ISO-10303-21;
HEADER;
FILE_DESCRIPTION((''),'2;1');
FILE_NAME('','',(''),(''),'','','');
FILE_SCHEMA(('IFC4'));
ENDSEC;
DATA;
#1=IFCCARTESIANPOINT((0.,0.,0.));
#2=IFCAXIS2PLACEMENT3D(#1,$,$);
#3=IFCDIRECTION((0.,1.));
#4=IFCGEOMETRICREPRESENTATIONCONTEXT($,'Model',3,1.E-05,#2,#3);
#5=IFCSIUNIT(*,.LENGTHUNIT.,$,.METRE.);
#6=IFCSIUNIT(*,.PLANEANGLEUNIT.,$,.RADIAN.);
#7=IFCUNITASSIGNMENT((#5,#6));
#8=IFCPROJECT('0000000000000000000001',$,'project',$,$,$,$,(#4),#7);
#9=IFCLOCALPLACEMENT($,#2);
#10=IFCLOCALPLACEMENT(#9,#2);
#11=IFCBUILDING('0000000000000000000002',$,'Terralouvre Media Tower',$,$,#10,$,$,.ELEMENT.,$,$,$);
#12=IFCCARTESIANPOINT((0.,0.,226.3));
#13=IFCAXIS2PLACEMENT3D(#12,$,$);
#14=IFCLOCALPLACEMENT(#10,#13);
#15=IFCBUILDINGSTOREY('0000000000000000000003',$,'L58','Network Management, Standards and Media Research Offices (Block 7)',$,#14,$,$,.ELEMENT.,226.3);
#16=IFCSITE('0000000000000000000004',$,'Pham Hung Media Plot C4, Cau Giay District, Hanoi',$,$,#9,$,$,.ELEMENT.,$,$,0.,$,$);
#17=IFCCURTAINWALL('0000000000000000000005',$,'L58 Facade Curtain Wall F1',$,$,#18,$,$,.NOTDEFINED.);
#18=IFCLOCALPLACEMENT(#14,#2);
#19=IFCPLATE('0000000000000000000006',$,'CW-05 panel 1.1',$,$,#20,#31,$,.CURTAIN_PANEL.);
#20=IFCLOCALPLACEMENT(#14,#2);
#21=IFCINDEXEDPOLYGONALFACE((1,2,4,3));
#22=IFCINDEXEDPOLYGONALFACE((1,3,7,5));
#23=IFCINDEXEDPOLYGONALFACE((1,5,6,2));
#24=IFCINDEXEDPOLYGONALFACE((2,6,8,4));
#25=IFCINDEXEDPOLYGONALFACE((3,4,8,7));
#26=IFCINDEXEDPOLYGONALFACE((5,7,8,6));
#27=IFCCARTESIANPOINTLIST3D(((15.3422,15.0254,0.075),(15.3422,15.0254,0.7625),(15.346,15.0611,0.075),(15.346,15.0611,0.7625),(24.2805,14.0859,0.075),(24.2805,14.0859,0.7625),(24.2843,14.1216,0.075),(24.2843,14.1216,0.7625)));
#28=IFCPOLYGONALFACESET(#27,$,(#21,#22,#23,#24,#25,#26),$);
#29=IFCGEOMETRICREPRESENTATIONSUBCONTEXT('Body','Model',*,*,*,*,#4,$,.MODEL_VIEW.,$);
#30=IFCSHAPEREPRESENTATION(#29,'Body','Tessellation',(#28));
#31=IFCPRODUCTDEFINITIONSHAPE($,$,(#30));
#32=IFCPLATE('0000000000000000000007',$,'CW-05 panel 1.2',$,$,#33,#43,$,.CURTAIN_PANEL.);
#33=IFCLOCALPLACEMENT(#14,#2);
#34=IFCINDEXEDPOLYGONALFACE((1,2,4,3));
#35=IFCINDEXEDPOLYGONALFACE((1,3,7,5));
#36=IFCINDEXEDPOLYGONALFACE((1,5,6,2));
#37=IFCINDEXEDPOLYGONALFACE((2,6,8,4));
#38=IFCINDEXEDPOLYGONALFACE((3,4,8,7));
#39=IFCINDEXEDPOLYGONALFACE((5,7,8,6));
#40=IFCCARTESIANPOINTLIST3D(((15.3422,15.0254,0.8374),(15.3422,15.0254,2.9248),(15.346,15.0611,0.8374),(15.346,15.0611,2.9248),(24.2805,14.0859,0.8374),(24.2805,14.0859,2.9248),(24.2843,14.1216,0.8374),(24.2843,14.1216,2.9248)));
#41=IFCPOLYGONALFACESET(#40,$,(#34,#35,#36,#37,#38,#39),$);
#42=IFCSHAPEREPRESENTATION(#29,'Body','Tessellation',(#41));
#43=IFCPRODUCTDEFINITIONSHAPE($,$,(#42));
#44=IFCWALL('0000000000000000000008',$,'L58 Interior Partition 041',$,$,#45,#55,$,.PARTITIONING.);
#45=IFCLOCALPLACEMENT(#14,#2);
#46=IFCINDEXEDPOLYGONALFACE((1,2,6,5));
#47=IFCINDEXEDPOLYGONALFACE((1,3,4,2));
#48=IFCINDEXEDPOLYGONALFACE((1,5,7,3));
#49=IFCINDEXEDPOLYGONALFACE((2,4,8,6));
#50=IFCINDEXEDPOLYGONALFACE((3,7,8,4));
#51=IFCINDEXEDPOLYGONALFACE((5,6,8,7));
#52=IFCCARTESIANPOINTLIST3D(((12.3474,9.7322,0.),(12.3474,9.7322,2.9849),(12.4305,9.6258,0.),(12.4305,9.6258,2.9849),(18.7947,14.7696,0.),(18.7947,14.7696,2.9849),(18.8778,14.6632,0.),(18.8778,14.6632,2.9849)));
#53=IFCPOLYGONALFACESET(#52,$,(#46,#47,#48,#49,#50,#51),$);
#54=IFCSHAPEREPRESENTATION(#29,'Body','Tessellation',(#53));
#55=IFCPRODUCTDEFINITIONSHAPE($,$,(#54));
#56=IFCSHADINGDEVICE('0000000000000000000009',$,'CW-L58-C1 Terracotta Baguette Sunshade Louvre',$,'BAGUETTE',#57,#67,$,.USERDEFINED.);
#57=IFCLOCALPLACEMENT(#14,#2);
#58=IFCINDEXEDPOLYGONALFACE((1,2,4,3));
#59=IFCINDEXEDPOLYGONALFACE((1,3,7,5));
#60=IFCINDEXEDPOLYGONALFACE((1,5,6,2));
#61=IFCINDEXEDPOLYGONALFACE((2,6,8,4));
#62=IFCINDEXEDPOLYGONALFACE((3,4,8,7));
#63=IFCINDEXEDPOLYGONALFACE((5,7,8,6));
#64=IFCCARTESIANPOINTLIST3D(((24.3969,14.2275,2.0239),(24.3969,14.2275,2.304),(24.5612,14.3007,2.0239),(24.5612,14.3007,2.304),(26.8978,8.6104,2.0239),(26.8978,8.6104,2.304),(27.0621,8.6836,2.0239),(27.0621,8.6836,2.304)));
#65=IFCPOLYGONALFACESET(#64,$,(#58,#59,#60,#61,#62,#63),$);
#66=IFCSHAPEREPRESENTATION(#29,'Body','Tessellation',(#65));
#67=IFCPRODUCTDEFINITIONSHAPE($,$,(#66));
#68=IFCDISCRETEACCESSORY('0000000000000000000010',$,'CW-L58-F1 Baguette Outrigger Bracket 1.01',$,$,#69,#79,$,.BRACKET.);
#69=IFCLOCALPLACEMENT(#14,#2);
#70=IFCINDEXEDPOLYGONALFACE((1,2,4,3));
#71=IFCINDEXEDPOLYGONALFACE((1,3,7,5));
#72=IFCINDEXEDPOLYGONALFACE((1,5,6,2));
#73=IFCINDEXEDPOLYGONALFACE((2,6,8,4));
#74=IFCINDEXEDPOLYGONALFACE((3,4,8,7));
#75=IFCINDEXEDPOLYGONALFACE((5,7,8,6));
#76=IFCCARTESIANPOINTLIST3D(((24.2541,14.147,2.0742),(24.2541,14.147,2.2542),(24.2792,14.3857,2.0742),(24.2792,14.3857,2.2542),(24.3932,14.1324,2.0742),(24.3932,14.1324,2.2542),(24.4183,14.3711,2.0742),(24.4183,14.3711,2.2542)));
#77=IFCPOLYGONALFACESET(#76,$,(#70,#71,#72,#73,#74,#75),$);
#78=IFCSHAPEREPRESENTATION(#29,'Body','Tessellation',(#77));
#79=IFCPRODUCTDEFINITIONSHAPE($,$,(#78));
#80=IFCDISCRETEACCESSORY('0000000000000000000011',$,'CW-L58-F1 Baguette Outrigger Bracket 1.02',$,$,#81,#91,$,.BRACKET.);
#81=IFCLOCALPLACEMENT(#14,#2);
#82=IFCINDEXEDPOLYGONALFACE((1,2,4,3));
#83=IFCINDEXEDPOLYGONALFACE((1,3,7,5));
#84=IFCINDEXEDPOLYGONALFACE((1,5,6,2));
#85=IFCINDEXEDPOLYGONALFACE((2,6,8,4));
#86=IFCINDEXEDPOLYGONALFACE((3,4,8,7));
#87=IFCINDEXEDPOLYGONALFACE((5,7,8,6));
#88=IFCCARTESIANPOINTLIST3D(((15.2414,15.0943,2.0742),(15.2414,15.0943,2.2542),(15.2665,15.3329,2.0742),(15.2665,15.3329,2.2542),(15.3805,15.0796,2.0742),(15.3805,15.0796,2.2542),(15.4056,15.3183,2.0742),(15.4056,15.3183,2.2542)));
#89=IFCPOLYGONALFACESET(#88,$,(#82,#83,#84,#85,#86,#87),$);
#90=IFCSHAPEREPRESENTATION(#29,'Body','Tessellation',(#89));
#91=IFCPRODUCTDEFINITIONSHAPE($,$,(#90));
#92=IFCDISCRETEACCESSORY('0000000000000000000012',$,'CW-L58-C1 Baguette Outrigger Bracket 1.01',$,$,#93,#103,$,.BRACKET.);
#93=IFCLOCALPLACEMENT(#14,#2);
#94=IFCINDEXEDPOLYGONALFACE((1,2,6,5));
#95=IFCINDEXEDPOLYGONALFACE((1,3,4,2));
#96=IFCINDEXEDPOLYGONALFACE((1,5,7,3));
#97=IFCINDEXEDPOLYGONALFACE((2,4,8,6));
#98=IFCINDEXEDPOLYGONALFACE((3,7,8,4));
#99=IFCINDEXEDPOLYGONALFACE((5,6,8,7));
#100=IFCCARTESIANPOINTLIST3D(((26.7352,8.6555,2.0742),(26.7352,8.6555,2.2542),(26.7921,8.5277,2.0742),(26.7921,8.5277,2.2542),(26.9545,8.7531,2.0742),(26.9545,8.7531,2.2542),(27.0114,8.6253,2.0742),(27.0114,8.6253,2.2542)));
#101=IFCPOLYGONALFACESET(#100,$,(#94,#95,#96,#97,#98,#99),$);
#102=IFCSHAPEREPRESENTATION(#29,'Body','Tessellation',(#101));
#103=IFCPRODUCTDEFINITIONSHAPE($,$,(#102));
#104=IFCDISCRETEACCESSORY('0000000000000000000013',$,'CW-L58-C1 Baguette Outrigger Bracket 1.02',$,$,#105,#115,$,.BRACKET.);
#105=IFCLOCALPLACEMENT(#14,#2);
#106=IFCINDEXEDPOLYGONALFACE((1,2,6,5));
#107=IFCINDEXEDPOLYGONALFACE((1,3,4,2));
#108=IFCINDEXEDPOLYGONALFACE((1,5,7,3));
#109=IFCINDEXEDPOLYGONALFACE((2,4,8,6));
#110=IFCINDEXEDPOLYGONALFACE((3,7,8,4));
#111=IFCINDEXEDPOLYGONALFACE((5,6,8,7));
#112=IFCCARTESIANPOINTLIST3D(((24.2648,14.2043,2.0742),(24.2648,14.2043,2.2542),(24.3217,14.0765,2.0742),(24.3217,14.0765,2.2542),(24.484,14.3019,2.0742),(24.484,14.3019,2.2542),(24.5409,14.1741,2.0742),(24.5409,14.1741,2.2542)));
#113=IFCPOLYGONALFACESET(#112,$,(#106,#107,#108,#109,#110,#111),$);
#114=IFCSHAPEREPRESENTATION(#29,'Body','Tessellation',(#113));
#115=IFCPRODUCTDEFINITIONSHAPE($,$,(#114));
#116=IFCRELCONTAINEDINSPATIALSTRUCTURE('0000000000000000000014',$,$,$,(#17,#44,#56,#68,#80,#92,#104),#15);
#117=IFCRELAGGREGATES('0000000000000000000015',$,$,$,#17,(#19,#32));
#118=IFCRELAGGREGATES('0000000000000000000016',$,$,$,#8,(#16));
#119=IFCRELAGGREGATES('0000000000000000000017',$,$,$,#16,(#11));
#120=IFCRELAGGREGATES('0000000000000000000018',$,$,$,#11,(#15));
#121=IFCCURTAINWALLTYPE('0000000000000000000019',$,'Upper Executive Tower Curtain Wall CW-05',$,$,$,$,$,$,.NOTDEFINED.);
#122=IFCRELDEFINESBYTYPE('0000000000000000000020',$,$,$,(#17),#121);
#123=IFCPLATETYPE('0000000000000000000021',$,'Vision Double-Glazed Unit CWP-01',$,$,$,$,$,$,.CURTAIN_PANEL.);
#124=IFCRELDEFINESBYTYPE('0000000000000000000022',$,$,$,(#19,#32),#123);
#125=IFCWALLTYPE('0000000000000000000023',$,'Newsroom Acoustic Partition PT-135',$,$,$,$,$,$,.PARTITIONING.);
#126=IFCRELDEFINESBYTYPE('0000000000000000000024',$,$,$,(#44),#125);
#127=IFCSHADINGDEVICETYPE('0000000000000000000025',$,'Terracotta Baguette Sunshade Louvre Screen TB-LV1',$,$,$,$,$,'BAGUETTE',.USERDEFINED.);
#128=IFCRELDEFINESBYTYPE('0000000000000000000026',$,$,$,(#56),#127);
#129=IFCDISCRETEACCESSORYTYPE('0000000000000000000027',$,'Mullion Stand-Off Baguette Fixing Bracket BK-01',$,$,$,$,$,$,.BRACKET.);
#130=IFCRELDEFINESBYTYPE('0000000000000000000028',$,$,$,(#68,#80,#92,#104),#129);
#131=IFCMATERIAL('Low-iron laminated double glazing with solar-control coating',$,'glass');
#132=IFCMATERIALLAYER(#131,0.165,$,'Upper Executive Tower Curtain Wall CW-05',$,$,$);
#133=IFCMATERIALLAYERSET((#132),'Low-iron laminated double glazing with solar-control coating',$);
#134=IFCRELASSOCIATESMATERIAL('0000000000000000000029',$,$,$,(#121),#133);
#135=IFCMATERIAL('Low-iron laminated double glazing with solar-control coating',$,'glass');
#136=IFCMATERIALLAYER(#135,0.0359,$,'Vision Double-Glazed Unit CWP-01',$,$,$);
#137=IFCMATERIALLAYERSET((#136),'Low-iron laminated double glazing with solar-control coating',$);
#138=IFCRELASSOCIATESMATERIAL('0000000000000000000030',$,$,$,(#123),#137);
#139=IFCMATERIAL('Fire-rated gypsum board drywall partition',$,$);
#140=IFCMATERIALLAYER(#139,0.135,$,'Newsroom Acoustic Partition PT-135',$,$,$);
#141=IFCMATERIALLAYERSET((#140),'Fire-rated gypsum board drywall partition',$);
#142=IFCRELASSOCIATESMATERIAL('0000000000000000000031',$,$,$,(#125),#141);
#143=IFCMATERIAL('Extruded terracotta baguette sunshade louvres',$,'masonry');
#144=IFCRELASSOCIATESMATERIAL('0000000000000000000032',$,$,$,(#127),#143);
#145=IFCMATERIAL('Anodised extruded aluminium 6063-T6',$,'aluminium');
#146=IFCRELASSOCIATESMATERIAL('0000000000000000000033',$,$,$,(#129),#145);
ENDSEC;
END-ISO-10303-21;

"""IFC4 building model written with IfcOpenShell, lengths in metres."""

from ifc_helpers import new_model, si_unit, direction, frame, frame_2d, origin, origin_2d, place, context, subcontext, project, spatial, rectangle, extrude, material, layer, layer_set, type_object, element, aggregate, save


model = new_model("IFC4")

# Units and contexts
model_context = context("Model", 3, precision=1e-05, world=origin(), true_north=direction((0.0, 1.0)))
body_context = subcontext(model_context, "Body", "Model", "MODEL_VIEW")
ifc_project = project(units=[si_unit("LENGTHUNIT", "METRE"), si_unit("PLANEANGLEUNIT", "RADIAN")], contexts=[model_context])

# Site, building, storey
site_placement = place(None, origin())
site = spatial("IfcSite", under=ifc_project, at=site_placement, Name="Pham Hung Media Plot C4, Cau Giay District, Hanoi", CompositionType="ELEMENT", RefElevation=0.0)
building_placement = place(site_placement, origin())
building = spatial("IfcBuilding", under=site, at=building_placement, Name="Terralouvre Media Tower", CompositionType="ELEMENT")
storey_placement = place(building_placement, frame((0.0, 0.0, 226.3)))
storey = spatial("IfcBuildingStorey", under=building, at=storey_placement, Name="L58", Description="Network Management, Standards and Media Research Offices (Block 7)", CompositionType="ELEMENT", Elevation=226.3)

# Curtain wall
ifc_material_1 = material(Name="Low-iron laminated double glazing with solar-control coating", Category="glass")
ifc_layer_1 = layer(ifc_material_1, 0.165, Name="Upper Executive Tower Curtain Wall CW-05")
ifc_layer_set_1 = layer_set([ifc_layer_1], Name="Low-iron laminated double glazing with solar-control coating")
curtain_wall_type_1 = type_object("IfcCurtainWallType", Name="Upper Executive Tower Curtain Wall CW-05", PredefinedType="NOTDEFINED", material=ifc_layer_set_1)
curtain_wall_1_placement = place(storey_placement, origin())
curtain_wall_1 = element("IfcCurtainWall", 1, at=curtain_wall_1_placement, inside=storey, type_object=curtain_wall_type_1, Name="L58 Facade Curtain Wall F1", PredefinedType="NOTDEFINED")

# Plates
ifc_material_2 = material(Name="Low-iron laminated double glazing with solar-control coating", Category="glass")
ifc_layer_2 = layer(ifc_material_2, 0.0359, Name="Vision Double-Glazed Unit CWP-01")
ifc_layer_set_2 = layer_set([ifc_layer_2], Name="Low-iron laminated double glazing with solar-control coating")
plate_type_1 = type_object("IfcPlateType", Name="Vision Double-Glazed Unit CWP-01", PredefinedType="CURTAIN_PANEL", material=ifc_layer_set_2)
plate_1_placement = place(storey_placement, frame((19.8132, 14.5735, 0.075), z_axis=(0.0, 0.0, 1.0), x_axis=(-0.994522, 0.104529, 0.0)))
plate_1 = element("IfcPlate", 2, at=plate_1_placement, type_object=plate_type_1, Name="CW-05 panel 1.1", PredefinedType="CURTAIN_PANEL", context=body_context, shape_type="SweptSolid", body=[
    extrude(rectangle(XDim=8.9875, YDim=0.0359, at=origin_2d()), origin(), (0.0, 0.0, 1.0), 0.6875),
])
plate_2_placement = place(storey_placement, frame((19.8132, 14.5735, 0.8374), z_axis=(0.0, 0.0, 1.0), x_axis=(-0.994522, 0.104529, 0.0)))
plate_2 = element("IfcPlate", 3, at=plate_2_placement, type_object=plate_type_1, Name="CW-05 panel 1.2", PredefinedType="CURTAIN_PANEL", context=body_context, shape_type="SweptSolid", body=[
    extrude(rectangle(XDim=8.9875, YDim=0.0359, at=origin_2d()), origin(), (0.0, 0.0, 1.0), 2.0874),
])
aggregate(curtain_wall_1, [plate_1, plate_2])

# Wall
ifc_material_3 = material(Name="Fire-rated gypsum board drywall partition")
ifc_layer_3 = layer(ifc_material_3, 0.135, Name="Newsroom Acoustic Partition PT-135")
ifc_layer_set_3 = layer_set([ifc_layer_3], Name="Fire-rated gypsum board drywall partition")
wall_type = type_object("IfcWallType", Name="Newsroom Acoustic Partition PT-135", PredefinedType="PARTITIONING", material=ifc_layer_set_3)
wall_placement = place(storey_placement, frame((18.8362, 14.7163, 0.0), z_axis=(0.0, 0.0, 1.0), x_axis=(-0.787999, -0.615676, 0.0)))
element("IfcWall", 4, at=wall_placement, inside=storey, type_object=wall_type, Name="L58 Interior Partition 041", PredefinedType="PARTITIONING", context=body_context, shape_type="SweptSolid", body=[
    extrude(rectangle(XDim=8.1819, YDim=0.135, at=frame_2d((4.0908, 0.0))), origin(), (0.0, 0.0, 1.0), 2.9849),
])

# Shading device
ifc_material_4 = material(Name="Extruded terracotta baguette sunshade louvres", Category="masonry")
shading_device_type = type_object("IfcShadingDeviceType", Name="Terracotta Baguette Sunshade Louvre Screen TB-LV1", ElementType="BAGUETTE", PredefinedType="USERDEFINED", material=ifc_material_4)
shading_device_placement = place(storey_placement, frame((25.7295, 11.4556, 2.0239), z_axis=(0.0, 0.0, 1.0), x_axis=(-0.406737, 0.913545, 0.0)))
element("IfcShadingDevice", 5, at=shading_device_placement, inside=storey, type_object=shading_device_type, Name="CW-L58-C1 Terracotta Baguette Sunshade Louvre", ObjectType="BAGUETTE", PredefinedType="USERDEFINED", context=body_context, shape_type="SweptSolid", body=[
    extrude(rectangle(XDim=6.1487, YDim=0.1799, at=origin_2d()), origin(), (0.0, 0.0, 1.0), 0.28),
])

# Discrete accessories
ifc_material_5 = material(Name="Anodised extruded aluminium 6063-T6", Category="aluminium")
discrete_accessory_type = type_object("IfcDiscreteAccessoryType", Name="Mullion Stand-Off Baguette Fixing Bracket BK-01", PredefinedType="BRACKET", material=ifc_material_5)
for number, where, z_axis, x_axis, name in (
    (6, (24.3362, 14.259, 2.0742), (0.0, 0.0, 1.0), (-0.994522, 0.104529, 0.0), "CW-L58-F1 Baguette Outrigger Bracket 1.01"),
    (7, (15.3235, 15.2063, 2.0742), (0.0, 0.0, 1.0), (-0.994522, 0.104529, 0.0), "CW-L58-F1 Baguette Outrigger Bracket 1.02"),
    (8, (26.8733, 8.6404, 2.0742), (0.0, 0.0, 1.0), (-0.406737, 0.913545, 0.0), "CW-L58-C1 Baguette Outrigger Bracket 1.01"),
    (9, (24.4028, 14.1892, 2.0742), (0.0, 0.0, 1.0), (-0.406737, 0.913545, 0.0), "CW-L58-C1 Baguette Outrigger Bracket 1.02"),
):
    element("IfcDiscreteAccessory", number, at=place(storey_placement, frame(where, z_axis=z_axis, x_axis=x_axis)), inside=storey, type_object=discrete_accessory_type, Name=name, PredefinedType="BRACKET", context=body_context, shape_type="SweptSolid", body=[
        extrude(rectangle(XDim=0.1399, YDim=0.24, at=origin_2d()), origin(), (0.0, 0.0, 1.0), 0.1799),
    ])

save(model, "model.ifc")
